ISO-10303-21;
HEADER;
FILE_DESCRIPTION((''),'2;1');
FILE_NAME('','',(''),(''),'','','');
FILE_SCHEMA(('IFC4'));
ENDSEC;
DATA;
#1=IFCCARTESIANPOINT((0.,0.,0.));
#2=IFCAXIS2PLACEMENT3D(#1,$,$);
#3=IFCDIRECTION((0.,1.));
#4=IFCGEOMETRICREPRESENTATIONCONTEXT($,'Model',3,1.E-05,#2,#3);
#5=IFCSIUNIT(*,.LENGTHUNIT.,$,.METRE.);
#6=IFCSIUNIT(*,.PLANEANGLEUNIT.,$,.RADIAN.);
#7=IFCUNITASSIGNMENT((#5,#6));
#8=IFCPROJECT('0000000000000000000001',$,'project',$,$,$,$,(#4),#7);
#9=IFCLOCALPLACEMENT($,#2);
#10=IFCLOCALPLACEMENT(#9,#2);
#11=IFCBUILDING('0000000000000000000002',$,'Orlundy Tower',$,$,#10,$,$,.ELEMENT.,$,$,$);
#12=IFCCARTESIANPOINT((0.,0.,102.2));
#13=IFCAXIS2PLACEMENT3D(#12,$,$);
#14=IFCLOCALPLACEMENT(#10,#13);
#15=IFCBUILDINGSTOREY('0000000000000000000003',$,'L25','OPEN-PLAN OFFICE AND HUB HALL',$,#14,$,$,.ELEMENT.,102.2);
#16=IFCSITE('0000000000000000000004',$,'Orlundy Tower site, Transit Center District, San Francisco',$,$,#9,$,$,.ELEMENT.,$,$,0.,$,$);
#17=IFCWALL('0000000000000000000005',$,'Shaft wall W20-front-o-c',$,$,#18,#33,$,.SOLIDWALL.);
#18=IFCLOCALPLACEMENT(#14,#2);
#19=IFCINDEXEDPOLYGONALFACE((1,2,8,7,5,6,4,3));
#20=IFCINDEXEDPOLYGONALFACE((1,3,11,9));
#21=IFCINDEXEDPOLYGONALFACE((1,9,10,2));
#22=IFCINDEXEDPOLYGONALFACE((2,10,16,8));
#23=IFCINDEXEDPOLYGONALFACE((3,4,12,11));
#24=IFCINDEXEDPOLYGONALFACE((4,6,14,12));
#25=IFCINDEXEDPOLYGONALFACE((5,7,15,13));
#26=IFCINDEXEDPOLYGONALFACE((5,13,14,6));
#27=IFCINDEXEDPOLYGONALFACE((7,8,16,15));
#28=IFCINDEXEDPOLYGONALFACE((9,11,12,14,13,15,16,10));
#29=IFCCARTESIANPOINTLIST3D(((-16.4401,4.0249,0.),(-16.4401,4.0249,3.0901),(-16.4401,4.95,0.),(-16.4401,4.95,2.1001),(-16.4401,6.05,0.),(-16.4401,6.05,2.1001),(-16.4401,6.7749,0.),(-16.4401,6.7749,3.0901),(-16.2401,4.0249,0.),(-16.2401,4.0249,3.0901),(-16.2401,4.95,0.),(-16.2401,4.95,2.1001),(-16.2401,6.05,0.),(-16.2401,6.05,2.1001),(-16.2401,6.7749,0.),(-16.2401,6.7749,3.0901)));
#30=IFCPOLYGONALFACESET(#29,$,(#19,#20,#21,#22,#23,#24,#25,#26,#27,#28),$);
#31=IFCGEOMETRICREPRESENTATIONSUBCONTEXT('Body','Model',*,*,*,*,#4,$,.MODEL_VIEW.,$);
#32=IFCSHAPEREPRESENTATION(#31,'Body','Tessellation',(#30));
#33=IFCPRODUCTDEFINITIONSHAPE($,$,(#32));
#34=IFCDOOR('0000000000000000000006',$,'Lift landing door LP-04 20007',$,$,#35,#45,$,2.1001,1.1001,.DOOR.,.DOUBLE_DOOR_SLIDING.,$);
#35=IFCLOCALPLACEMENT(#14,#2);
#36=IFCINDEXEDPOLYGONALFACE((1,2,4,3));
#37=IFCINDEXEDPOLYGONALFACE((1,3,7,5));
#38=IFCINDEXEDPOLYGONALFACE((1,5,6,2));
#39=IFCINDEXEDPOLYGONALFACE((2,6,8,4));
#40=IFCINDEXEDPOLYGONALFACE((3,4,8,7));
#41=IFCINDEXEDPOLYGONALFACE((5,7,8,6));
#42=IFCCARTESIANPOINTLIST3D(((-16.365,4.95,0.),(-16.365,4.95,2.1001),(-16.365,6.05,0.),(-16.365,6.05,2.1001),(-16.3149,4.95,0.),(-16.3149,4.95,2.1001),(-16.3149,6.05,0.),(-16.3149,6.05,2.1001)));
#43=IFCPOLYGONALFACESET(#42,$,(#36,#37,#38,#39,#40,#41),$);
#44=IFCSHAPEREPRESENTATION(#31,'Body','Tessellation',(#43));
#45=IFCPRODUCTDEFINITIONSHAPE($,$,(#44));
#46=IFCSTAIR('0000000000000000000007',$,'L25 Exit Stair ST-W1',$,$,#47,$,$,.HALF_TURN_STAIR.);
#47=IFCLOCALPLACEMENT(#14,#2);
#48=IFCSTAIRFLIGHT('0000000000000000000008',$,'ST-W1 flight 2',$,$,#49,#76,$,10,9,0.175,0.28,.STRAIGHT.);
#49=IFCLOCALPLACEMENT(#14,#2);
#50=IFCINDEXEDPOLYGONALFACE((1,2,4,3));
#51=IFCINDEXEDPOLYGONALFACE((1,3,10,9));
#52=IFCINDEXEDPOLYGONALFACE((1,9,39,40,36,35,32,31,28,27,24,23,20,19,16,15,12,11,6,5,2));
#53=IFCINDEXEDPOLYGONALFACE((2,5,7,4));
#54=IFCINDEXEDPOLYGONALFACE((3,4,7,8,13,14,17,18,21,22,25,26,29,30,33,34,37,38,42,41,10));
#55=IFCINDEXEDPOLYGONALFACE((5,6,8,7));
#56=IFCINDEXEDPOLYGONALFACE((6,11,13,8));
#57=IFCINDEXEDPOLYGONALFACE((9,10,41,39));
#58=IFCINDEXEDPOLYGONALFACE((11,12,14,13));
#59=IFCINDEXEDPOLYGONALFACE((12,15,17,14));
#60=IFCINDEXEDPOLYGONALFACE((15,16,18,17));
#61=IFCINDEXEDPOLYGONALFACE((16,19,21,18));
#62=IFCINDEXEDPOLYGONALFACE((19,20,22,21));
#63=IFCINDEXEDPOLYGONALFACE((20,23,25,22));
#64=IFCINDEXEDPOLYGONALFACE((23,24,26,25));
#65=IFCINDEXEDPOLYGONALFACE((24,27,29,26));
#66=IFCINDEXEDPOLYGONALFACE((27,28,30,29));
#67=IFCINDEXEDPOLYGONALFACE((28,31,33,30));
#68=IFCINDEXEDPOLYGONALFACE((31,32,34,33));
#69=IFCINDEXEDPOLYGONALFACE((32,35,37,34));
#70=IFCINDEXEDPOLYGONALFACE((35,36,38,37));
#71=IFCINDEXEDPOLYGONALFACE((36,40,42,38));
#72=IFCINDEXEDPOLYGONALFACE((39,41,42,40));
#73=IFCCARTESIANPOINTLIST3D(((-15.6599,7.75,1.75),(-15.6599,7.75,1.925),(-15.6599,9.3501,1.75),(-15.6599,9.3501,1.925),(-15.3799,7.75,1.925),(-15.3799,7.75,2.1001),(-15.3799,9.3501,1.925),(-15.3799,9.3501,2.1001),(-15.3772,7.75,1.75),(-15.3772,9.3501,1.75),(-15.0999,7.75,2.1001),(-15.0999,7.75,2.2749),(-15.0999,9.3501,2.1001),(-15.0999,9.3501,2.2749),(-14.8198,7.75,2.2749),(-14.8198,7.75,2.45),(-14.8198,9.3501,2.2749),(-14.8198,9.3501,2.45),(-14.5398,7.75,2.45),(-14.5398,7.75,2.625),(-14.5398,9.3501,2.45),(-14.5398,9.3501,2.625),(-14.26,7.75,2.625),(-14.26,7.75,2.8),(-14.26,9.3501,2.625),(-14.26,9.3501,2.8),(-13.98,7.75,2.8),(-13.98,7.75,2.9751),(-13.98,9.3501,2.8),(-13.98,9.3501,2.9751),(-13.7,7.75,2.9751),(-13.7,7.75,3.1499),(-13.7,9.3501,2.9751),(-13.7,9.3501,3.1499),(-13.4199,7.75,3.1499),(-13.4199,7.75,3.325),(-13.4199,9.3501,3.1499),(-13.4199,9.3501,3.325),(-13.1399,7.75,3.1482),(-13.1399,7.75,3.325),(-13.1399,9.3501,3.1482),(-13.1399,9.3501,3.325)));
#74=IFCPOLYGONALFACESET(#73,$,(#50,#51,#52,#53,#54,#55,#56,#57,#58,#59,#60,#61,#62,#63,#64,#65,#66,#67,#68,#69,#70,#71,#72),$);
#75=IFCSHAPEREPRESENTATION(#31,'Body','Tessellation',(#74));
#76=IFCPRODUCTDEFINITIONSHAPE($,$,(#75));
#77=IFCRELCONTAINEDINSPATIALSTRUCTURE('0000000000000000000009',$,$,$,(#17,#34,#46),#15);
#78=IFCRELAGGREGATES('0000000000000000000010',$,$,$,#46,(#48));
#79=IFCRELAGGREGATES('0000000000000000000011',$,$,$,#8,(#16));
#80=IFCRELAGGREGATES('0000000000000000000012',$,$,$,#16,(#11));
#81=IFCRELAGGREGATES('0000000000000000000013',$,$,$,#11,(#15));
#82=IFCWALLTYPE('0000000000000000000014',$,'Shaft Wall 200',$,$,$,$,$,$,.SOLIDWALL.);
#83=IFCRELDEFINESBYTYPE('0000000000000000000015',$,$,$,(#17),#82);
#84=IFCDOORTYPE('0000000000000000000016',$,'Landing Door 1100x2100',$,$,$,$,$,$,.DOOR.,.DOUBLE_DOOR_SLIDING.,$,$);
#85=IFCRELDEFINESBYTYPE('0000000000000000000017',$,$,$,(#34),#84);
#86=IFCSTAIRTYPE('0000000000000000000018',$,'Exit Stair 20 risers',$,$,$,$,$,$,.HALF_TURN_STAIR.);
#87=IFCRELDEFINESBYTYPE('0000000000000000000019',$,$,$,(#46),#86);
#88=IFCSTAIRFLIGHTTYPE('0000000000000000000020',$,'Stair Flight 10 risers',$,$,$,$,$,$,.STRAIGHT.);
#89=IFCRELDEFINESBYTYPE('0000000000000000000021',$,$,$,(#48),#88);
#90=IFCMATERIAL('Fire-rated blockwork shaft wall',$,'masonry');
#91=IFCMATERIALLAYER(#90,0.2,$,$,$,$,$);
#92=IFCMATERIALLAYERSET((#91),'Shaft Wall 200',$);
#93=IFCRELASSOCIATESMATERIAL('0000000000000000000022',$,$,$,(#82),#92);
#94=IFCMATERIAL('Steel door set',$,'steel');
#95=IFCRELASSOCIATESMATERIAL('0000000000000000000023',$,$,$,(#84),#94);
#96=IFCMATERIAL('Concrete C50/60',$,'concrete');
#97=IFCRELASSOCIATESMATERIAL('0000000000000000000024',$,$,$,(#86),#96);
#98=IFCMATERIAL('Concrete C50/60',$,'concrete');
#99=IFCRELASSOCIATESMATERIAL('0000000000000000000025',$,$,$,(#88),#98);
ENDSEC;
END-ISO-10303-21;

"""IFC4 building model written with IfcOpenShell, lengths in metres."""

from ifc_helpers import new_model, si_unit, direction, frame, frame_2d, origin, place, context, subcontext, project, spatial, polyline, rectangle, outline, extrude, material, layer, layer_set, type_object, element, fill, aggregate, save


model = new_model("IFC4")

# Units and contexts
model_context = context("Model", 3, precision=1e-05, world=origin(), true_north=direction((0.0, 1.0)))
body_context = subcontext(model_context, "Body", "Model", "MODEL_VIEW")
ifc_project = project(units=[si_unit("LENGTHUNIT", "METRE"), si_unit("PLANEANGLEUNIT", "RADIAN")], contexts=[model_context])

# Site, building, storey
site_placement = place(None, origin())
site = spatial("IfcSite", under=ifc_project, at=site_placement, Name="Orlundy Tower site, Transit Center District, San Francisco", CompositionType="ELEMENT", RefElevation=0.0)
building_placement = place(site_placement, origin())
building = spatial("IfcBuilding", under=site, at=building_placement, Name="Orlundy Tower", CompositionType="ELEMENT")
storey_placement = place(building_placement, frame((0.0, 0.0, 102.2)))
storey = spatial("IfcBuildingStorey", under=building, at=storey_placement, Name="L25", Description="OPEN-PLAN OFFICE AND HUB HALL", CompositionType="ELEMENT", Elevation=102.2)

# Shared definitions
ifc_material_1 = material(Name="Fire-rated blockwork shaft wall", Category="masonry")
ifc_layer_1 = layer(ifc_material_1, 0.2)
ifc_layer_set_1 = layer_set([ifc_layer_1], Name="Shaft Wall 200")
wall_type_1 = type_object("IfcWallType", Name="Shaft Wall 200", PredefinedType="SOLIDWALL", material=ifc_layer_set_1)

# Wall, opening, door
wall_1_placement = place(storey_placement, frame((-16.3401, 4.0249, 0.0), z_axis=(0.0, 0.0, 1.0), x_axis=(0.0, 1.0, 0.0)))
wall_1 = element("IfcWall", 1, at=wall_1_placement, inside=storey, type_object=wall_type_1, Name="Shaft wall W20-front-o-c", PredefinedType="SOLIDWALL", context=body_context, shape_type="SweptSolid", body=[
    extrude(rectangle(XDim=2.75, YDim=0.2, at=frame_2d((1.375, 0.0))), origin(), (0.0, 0.0, 1.0), 3.0901),
])
opening_1_placement = place(wall_1_placement, frame((0.925, 0.0, 0.0)))
opening_1 = element("IfcOpeningElement", 2, at=opening_1_placement, cuts=wall_1, PredefinedType="OPENING", context=body_context, shape_type="SweptSolid", body=[
    extrude(rectangle(XDim=1.1001, YDim=2.1001, at=frame_2d((0.55, 1.05))), frame((0.0, 0.1101, 0.0), z_axis=(0.0, -1.0, 0.0), x_axis=(1.0, 0.0, 0.0)), (0.0, 0.0, 1.0), 0.2202),
])
ifc_material_2 = material(Name="Steel door set", Category="steel")
door_type_1 = type_object("IfcDoorType", Name="Landing Door 1100x2100", OperationType="DOUBLE_DOOR_SLIDING", PredefinedType="DOOR", material=ifc_material_2)
door_1_placement = place(opening_1_placement, origin())
door_1 = element("IfcDoor", 3, at=door_1_placement, inside=storey, type_object=door_type_1, Name="Lift landing door LP-04 20007", OperationType="DOUBLE_DOOR_SLIDING", OverallHeight=2.1001, OverallWidth=1.1001, PredefinedType="DOOR", context=body_context, shape_type="SweptSolid", body=[
    extrude(rectangle(XDim=1.1001, YDim=2.1001, at=frame_2d((0.55, 1.05))), frame((0.0, 0.0249, 0.0), z_axis=(0.0, -1.0, 0.0), x_axis=(1.0, 0.0, 0.0)), (0.0, 0.0, 1.0), 0.05),
])
fill(opening_1, door_1)

# Stair, stair flight
ifc_material_3 = material(Name="Concrete C50/60", Category="concrete")
stair_type = type_object("IfcStairType", Name="Exit Stair 20 risers", PredefinedType="HALF_TURN_STAIR", material=ifc_material_3)
stair_placement = place(storey_placement, origin())
stair = element("IfcStair", 4, at=stair_placement, inside=storey, type_object=stair_type, Name="L25 Exit Stair ST-W1", PredefinedType="HALF_TURN_STAIR")
ifc_material_4 = material(Name="Concrete C50/60", Category="concrete")
stair_flight_type = type_object("IfcStairFlightType", Name="Stair Flight 10 risers", PredefinedType="STRAIGHT", material=ifc_material_4)
stair_flight_placement = place(storey_placement, frame((-15.6599, 8.55, 1.75), z_axis=(0.0, 0.0, 1.0), x_axis=(1.0, 0.0, 0.0)))
stair_flight = element("IfcStairFlight", 5, at=stair_flight_placement, type_object=stair_flight_type, Name="ST-W1 flight 2", NumberOfRisers=10, NumberOfTreads=9, PredefinedType="STRAIGHT", RiserHeight=0.175, TreadLength=0.28, context=body_context, shape_type="SweptSolid", body=[
    extrude(outline(polyline([(0.0, 0.0), (0.0, 0.175), (0.28, 0.175), (0.28, 0.3501), (0.5601, 0.3501), (0.5601, 0.5249), (0.8401, 0.5249), (0.8401, 0.7), (1.1201, 0.7), (1.1201, 0.875), (1.3999, 0.875), (1.3999, 1.05), (1.6799, 1.05), (1.6799, 1.2251), (1.96, 1.2251), (1.96, 1.3999), (2.24, 1.3999), (2.24, 1.575), (2.52, 1.575), (2.52, 1.75), (2.52, 1.3982), (0.2827, 0.0), (0.0, 0.0)])), frame((0.0, 0.8, 0.0), z_axis=(0.0, -1.0, 0.0), x_axis=(1.0, 0.0, 0.0)), (0.0, 0.0, 1.0), 1.6001),
])
aggregate(stair, [stair_flight])

save(model, "model.ifc")
